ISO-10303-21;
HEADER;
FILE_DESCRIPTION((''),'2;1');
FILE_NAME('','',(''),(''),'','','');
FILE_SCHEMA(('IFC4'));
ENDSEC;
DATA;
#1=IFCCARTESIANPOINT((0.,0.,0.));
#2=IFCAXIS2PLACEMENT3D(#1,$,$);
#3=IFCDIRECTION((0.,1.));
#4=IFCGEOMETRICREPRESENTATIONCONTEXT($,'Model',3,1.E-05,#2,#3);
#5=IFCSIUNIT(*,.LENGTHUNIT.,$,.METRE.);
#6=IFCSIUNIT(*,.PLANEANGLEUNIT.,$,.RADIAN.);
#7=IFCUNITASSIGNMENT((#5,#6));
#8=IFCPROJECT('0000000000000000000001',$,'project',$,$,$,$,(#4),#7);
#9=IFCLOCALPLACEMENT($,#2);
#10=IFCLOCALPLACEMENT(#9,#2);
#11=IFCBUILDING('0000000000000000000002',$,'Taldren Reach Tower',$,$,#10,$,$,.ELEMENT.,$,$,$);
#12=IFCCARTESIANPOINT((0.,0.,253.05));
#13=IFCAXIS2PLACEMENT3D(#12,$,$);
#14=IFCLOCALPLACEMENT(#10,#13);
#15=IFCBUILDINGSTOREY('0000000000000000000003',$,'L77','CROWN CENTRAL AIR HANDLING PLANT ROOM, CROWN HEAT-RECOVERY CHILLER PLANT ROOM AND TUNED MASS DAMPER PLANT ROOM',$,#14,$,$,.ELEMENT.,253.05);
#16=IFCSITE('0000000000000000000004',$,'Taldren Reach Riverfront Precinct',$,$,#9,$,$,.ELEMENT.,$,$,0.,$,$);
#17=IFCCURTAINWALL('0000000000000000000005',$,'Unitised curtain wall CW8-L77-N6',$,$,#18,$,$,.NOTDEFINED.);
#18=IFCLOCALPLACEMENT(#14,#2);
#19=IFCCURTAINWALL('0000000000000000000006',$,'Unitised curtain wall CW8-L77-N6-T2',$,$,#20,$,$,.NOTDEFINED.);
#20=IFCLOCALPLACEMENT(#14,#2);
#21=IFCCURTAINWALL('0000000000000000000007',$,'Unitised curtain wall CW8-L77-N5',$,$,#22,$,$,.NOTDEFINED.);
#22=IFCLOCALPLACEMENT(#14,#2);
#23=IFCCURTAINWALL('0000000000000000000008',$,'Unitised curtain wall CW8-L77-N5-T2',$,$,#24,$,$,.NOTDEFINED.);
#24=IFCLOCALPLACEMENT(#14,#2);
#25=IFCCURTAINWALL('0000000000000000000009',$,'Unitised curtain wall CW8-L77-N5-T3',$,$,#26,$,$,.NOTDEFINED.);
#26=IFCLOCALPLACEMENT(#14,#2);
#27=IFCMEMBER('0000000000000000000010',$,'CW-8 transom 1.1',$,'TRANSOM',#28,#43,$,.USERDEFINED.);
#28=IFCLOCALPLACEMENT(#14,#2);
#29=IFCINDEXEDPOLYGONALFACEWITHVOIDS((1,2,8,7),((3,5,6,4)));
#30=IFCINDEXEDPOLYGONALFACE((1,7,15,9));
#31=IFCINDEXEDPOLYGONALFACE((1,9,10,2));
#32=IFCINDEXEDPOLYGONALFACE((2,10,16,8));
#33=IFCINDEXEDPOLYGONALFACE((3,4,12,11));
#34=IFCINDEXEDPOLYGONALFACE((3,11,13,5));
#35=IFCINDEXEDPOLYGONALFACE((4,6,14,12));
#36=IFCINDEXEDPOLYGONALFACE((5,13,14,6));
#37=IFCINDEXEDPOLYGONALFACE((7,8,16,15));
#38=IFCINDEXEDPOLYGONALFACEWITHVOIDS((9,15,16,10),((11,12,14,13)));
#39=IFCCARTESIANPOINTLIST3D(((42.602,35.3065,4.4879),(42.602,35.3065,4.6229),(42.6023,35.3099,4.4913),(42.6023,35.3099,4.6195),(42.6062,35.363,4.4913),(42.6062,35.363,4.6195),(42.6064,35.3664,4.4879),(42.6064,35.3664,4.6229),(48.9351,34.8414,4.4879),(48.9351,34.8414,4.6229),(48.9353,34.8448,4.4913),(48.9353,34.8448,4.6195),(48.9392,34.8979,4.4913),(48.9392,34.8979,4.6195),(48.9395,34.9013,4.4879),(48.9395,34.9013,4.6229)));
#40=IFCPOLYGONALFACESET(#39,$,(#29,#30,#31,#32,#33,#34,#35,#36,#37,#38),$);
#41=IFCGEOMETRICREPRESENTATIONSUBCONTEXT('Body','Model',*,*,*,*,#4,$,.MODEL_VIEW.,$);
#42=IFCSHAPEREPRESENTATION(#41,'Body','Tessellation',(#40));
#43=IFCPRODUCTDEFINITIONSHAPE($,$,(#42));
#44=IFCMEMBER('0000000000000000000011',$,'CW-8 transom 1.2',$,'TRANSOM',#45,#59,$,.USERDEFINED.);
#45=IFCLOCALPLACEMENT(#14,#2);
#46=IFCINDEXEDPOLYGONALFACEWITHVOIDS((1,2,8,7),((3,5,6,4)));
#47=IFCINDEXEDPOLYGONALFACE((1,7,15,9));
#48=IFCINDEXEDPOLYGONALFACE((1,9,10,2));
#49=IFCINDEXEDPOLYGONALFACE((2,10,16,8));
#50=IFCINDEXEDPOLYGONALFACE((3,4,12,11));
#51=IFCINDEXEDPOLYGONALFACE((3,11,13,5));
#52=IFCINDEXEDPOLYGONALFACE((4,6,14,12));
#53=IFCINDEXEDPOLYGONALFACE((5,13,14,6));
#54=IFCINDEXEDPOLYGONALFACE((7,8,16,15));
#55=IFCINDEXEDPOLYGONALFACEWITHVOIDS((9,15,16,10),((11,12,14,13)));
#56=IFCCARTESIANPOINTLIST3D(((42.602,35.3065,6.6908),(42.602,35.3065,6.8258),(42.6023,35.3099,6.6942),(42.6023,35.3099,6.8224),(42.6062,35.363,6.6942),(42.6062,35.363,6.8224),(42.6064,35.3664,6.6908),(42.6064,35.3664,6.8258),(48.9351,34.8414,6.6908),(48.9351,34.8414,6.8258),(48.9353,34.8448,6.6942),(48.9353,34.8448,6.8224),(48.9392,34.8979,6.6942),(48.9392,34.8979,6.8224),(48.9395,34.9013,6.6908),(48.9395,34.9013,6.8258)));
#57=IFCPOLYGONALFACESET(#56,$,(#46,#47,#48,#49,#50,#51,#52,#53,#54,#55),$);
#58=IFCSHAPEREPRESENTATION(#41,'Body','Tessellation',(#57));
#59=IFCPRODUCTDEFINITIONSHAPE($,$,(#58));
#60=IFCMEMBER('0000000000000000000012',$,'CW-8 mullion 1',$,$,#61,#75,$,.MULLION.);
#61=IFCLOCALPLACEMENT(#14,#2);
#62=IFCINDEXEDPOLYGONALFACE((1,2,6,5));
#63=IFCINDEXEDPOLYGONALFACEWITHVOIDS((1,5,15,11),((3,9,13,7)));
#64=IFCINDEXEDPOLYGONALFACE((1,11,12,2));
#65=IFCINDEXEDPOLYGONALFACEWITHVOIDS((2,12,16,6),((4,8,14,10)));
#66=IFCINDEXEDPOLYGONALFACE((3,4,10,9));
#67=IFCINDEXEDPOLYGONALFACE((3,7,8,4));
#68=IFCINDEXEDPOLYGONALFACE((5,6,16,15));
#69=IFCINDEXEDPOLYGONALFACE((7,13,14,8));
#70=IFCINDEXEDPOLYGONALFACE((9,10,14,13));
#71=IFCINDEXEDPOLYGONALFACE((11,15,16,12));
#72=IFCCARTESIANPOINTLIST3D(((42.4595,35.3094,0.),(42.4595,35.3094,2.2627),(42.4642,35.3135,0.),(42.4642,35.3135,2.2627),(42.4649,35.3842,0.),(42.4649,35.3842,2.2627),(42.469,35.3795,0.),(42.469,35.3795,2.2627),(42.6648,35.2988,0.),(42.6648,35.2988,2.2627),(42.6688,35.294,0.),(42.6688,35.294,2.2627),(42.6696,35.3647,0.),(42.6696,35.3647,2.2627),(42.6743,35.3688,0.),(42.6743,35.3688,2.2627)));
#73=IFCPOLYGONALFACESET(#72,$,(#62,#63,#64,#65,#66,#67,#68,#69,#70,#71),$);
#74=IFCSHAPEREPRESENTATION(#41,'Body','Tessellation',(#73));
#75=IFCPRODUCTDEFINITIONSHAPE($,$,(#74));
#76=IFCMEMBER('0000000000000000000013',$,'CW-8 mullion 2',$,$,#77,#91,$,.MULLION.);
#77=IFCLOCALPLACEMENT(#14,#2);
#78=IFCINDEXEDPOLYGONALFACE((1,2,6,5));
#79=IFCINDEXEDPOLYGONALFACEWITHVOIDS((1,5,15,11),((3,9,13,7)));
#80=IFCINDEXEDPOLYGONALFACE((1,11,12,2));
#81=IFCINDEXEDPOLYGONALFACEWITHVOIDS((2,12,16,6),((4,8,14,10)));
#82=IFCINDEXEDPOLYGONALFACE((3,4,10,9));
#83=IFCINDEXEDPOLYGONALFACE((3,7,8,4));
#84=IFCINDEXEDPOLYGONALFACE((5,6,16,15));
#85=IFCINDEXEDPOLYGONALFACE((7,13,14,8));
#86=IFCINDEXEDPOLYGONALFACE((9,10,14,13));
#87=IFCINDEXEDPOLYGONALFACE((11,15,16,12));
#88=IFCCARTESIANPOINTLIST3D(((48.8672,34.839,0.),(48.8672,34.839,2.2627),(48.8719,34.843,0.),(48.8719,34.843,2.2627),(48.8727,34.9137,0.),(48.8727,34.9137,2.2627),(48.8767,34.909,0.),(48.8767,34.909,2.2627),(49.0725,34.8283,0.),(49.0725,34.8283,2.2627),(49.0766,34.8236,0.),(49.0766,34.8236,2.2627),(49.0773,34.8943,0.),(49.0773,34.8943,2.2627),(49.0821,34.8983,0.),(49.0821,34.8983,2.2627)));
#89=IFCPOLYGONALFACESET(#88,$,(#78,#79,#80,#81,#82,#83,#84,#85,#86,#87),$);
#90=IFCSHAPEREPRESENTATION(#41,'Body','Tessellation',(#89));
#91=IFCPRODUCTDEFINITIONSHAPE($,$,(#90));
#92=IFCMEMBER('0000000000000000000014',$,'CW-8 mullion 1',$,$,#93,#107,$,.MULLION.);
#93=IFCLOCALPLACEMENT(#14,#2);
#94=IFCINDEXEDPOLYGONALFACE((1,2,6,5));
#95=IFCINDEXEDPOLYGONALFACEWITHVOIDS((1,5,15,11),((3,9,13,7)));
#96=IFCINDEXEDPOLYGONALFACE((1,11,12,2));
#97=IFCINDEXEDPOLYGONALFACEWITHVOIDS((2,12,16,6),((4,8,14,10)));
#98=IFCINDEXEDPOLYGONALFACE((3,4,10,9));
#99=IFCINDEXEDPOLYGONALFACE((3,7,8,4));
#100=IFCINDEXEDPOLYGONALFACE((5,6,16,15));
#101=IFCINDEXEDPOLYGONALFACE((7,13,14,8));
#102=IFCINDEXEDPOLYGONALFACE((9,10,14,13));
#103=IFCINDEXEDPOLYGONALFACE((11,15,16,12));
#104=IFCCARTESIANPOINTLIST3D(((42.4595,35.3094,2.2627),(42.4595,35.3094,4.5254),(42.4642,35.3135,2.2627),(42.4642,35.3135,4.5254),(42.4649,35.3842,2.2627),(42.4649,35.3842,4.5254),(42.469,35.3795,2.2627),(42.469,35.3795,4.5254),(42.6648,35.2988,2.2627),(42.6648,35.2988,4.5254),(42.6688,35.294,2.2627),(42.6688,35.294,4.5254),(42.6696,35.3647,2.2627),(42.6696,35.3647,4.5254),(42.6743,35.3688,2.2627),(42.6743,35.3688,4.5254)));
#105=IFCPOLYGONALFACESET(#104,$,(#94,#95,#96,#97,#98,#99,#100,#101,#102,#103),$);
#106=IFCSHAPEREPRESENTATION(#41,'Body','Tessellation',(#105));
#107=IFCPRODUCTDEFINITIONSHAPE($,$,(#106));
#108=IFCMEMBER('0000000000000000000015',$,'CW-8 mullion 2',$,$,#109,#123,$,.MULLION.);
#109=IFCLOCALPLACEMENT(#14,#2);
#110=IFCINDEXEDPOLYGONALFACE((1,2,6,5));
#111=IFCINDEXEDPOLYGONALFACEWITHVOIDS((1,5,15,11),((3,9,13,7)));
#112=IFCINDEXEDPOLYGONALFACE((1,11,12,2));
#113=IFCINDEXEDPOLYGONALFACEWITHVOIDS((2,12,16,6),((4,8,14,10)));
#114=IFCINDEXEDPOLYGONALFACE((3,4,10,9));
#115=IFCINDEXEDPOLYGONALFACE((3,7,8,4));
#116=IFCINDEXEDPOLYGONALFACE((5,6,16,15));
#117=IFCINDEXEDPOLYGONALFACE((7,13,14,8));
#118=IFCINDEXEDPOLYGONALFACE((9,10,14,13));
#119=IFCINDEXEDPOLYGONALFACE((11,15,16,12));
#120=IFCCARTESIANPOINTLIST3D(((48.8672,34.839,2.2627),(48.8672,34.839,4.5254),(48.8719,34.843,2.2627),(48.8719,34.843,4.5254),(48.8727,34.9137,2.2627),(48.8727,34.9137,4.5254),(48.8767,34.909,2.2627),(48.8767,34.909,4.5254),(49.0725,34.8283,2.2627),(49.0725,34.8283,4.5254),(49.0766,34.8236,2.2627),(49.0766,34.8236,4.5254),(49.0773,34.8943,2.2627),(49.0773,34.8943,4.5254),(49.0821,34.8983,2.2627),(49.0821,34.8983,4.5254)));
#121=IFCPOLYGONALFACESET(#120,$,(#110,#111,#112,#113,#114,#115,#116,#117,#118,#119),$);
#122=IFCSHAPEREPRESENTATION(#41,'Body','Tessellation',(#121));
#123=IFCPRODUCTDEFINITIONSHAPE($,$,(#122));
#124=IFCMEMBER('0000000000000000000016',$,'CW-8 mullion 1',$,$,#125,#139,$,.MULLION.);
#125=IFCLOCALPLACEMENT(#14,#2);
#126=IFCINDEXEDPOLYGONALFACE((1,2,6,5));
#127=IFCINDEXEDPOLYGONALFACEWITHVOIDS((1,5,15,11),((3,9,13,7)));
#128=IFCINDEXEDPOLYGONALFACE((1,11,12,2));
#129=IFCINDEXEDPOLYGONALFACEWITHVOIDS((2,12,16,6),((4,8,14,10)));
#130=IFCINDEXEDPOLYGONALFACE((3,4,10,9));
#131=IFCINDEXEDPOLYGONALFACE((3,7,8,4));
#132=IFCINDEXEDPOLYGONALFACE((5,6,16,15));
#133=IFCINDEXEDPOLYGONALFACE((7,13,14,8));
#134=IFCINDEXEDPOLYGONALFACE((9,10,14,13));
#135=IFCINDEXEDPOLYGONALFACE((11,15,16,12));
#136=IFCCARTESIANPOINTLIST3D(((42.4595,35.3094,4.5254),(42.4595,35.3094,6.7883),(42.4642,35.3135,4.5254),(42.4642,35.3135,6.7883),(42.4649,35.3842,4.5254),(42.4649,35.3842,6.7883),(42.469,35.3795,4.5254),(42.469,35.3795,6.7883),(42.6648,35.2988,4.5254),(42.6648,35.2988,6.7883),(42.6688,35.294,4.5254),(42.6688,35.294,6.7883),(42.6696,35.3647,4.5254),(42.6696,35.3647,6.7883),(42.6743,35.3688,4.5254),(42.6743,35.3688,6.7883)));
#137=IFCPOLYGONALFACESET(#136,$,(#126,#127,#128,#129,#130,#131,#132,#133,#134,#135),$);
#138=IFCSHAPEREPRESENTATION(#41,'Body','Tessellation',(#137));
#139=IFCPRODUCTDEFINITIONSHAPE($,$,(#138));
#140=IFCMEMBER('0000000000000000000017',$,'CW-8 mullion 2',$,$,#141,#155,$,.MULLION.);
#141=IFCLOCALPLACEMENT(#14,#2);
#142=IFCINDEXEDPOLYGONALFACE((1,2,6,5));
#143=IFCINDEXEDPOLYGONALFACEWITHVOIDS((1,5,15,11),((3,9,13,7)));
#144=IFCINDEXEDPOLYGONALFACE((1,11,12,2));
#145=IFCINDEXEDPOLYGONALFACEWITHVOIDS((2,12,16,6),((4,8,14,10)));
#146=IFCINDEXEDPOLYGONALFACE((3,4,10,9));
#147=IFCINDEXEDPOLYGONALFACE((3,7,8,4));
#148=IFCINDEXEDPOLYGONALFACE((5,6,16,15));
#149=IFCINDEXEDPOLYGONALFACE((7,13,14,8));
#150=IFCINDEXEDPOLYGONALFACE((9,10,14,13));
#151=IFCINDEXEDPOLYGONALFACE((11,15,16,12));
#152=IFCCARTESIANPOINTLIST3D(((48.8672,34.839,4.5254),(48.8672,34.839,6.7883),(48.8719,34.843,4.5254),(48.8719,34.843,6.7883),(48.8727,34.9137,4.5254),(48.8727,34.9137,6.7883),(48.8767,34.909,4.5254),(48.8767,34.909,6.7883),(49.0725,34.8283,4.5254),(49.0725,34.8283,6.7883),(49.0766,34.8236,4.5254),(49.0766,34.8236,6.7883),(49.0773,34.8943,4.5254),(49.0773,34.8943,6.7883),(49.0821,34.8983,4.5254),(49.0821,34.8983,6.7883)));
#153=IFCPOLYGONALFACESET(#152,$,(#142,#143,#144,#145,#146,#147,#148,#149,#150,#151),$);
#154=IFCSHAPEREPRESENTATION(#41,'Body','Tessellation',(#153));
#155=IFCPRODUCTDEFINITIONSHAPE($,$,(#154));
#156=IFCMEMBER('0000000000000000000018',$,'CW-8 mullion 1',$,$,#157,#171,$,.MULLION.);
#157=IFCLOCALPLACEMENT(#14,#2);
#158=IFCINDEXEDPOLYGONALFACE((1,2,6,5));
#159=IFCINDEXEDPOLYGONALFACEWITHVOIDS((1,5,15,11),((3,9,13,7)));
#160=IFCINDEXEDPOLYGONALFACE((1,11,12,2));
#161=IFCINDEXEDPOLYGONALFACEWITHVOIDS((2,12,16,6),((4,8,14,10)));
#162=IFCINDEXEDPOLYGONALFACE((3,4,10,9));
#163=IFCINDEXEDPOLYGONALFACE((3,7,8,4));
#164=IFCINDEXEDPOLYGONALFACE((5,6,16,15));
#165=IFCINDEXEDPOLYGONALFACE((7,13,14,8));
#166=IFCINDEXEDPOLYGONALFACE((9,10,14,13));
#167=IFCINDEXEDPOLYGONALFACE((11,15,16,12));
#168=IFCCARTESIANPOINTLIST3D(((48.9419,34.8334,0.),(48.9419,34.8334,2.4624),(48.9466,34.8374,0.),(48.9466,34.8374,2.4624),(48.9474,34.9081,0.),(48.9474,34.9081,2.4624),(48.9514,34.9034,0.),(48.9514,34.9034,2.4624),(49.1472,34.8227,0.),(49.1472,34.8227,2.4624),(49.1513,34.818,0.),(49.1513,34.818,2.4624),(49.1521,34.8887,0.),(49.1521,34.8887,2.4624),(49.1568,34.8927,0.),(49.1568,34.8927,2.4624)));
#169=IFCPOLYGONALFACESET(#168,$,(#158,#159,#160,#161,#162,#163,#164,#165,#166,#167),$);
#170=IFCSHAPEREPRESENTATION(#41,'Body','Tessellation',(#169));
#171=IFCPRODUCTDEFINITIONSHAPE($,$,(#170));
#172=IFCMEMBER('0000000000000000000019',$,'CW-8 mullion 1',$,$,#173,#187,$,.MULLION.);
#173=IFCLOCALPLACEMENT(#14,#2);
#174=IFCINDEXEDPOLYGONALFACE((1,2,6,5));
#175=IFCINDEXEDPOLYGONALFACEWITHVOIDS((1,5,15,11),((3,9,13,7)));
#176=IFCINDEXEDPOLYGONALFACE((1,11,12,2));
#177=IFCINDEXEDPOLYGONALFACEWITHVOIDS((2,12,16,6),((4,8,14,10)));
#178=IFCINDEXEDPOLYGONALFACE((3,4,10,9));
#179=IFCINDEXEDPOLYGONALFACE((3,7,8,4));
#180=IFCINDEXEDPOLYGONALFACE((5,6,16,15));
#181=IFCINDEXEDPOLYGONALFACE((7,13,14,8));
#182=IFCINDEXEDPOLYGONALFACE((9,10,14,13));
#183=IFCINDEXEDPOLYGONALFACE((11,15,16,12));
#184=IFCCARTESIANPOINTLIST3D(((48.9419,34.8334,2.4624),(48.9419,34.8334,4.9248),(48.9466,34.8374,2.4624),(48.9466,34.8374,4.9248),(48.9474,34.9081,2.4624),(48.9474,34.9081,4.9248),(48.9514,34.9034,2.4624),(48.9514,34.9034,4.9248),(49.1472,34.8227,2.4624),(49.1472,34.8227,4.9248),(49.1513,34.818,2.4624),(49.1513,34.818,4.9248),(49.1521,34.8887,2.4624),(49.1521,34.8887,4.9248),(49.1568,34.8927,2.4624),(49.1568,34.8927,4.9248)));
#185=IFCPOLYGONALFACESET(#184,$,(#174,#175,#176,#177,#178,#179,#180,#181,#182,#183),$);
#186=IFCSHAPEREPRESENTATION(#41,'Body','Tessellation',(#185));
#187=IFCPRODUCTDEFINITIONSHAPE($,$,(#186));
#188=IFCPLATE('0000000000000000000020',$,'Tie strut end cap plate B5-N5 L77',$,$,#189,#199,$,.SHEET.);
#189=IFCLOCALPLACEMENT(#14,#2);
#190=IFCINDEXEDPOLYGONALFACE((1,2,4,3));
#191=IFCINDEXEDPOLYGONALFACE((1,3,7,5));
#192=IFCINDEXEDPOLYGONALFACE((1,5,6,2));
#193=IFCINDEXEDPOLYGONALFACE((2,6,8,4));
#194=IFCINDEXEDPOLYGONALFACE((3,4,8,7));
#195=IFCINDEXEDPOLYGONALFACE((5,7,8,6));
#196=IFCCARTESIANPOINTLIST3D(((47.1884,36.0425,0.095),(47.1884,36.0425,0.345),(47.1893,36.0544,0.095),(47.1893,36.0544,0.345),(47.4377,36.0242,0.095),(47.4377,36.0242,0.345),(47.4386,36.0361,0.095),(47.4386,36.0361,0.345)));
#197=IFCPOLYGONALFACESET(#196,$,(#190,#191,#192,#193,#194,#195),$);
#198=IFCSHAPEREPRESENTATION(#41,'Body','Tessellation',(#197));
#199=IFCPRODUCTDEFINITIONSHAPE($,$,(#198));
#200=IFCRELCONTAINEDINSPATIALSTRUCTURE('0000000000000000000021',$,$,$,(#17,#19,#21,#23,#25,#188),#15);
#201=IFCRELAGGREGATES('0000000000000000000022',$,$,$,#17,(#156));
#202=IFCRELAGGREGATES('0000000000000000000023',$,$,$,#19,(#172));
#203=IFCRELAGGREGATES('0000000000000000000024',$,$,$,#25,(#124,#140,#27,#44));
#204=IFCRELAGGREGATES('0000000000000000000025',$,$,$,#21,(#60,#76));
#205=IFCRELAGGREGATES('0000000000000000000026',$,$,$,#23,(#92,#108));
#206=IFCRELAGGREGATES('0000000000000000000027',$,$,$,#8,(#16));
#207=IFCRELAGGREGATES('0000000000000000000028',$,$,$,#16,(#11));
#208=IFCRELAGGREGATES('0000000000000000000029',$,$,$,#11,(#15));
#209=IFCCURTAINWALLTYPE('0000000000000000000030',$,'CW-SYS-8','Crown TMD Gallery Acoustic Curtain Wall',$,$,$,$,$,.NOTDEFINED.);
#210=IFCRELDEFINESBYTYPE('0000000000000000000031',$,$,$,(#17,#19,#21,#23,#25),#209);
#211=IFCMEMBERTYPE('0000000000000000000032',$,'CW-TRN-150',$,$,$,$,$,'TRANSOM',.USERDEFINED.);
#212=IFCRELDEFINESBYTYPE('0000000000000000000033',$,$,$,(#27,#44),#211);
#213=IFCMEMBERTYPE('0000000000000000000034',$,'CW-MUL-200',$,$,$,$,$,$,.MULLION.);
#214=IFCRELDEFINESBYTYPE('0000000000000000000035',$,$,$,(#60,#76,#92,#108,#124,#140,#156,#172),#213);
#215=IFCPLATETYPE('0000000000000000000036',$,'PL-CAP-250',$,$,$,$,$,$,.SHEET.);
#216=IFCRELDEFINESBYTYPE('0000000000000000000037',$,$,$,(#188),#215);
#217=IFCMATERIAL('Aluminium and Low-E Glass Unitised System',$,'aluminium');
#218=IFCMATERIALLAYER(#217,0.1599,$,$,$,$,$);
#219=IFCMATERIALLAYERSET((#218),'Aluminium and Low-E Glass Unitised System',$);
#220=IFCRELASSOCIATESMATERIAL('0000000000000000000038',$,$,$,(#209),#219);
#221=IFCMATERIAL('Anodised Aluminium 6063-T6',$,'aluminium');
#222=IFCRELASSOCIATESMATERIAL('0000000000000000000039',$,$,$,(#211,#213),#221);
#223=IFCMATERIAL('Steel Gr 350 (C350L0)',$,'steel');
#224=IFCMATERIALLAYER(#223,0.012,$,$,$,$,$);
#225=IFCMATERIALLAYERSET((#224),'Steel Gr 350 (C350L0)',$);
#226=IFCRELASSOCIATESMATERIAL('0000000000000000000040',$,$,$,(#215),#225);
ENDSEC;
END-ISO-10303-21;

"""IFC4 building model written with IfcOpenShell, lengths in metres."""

from ifc_helpers import new_model, si_unit, direction, frame, origin, origin_2d, place, context, subcontext, project, spatial, rectangle, hollow_rectangle, extrude, source, transform, mapped, material, layer, layer_set, material_profile, profile_set, type_object, element, aggregate, save


model = new_model("IFC4")

# Units and contexts
model_context = context("Model", 3, precision=1e-05, world=origin(), true_north=direction((0.0, 1.0)))
body_context = subcontext(model_context, "Body", "Model", "MODEL_VIEW")
ifc_project = project(units=[si_unit("LENGTHUNIT", "METRE"), si_unit("PLANEANGLEUNIT", "RADIAN")], contexts=[model_context])

# Site, building, storey
site_placement = place(None, origin())
site = spatial("IfcSite", under=ifc_project, at=site_placement, Name="Taldren Reach Riverfront Precinct", CompositionType="ELEMENT", RefElevation=0.0)
building_placement = place(site_placement, origin())
building = spatial("IfcBuilding", under=site, at=building_placement, Name="Taldren Reach Tower", CompositionType="ELEMENT")
storey_placement = place(building_placement, frame((0.0, 0.0, 253.05)))
storey = spatial("IfcBuildingStorey", under=building, at=storey_placement, Name="L77", Description="CROWN CENTRAL AIR HANDLING PLANT ROOM, CROWN HEAT-RECOVERY CHILLER PLANT ROOM AND TUNED MASS DAMPER PLANT ROOM", CompositionType="ELEMENT", Elevation=253.05)

# Shared definitions
ifc_material_1 = material(Name="Steel Gr 350 (C350L0)", Category="steel")

# Curtain walls, members
ifc_material_2 = material(Name="Aluminium and Low-E Glass Unitised System", Category="aluminium")
ifc_layer_1 = layer(ifc_material_2, 0.1599)
ifc_layer_set_1 = layer_set([ifc_layer_1], Name="Aluminium and Low-E Glass Unitised System")
curtain_wall_type = type_object("IfcCurtainWallType", Name="CW-SYS-8", Description="Crown TMD Gallery Acoustic Curtain Wall", PredefinedType="NOTDEFINED", material=ifc_layer_set_1)
curtain_wall_1_placement = place(storey_placement, origin())
curtain_wall_1 = element("IfcCurtainWall", 1, at=curtain_wall_1_placement, inside=storey, type_object=curtain_wall_type, Name="Unitised curtain wall CW8-L77-N6", PredefinedType="NOTDEFINED")
ifc_material_3 = material(Name="Anodised Aluminium 6063-T6", Category="aluminium")
ifc_material_profile_1 = material_profile(ifc_material_3, hollow_rectangle(XDim=0.0601, YDim=0.135, WallThickness=0.0034, at=origin_2d()), Name="ALU-135x60x3.5RHS")
ifc_profile_set_1 = profile_set([ifc_material_profile_1], Name="Anodised Aluminium 6063-T6")
member_type_1 = type_object("IfcMemberType", Name="CW-TRN-150", ElementType="TRANSOM", PredefinedType="USERDEFINED", material=ifc_profile_set_1)
curtain_wall_2_placement = place(storey_placement, origin())
curtain_wall_2 = element("IfcCurtainWall", 2, at=curtain_wall_2_placement, inside=storey, type_object=curtain_wall_type, Name="Unitised curtain wall CW8-L77-N6-T2", PredefinedType="NOTDEFINED")
curtain_wall_3_placement = place(storey_placement, origin())
curtain_wall_3 = element("IfcCurtainWall", 3, at=curtain_wall_3_placement, inside=storey, type_object=curtain_wall_type, Name="Unitised curtain wall CW8-L77-N5", PredefinedType="NOTDEFINED")
shared_shape_1 = source(origin(), body_context, "Body", "SweptSolid", [
    extrude(hollow_rectangle(XDim=0.0601, YDim=0.135, WallThickness=0.0034, at=origin_2d()), origin(), (0.0, 0.0, 1.0), 6.3501),
])
curtain_wall_4_placement = place(storey_placement, origin())
curtain_wall_4 = element("IfcCurtainWall", 4, at=curtain_wall_4_placement, inside=storey, type_object=curtain_wall_type, Name="Unitised curtain wall CW8-L77-N5-T2", PredefinedType="NOTDEFINED")
curtain_wall_5_placement = place(storey_placement, origin())
curtain_wall_5 = element("IfcCurtainWall", 5, at=curtain_wall_5_placement, inside=storey, type_object=curtain_wall_type, Name="Unitised curtain wall CW8-L77-N5-T3", PredefinedType="NOTDEFINED")
member_1_placement = place(storey_placement, frame((42.6042, 35.3364, 4.5554), z_axis=(0.997314, -0.073241, 0.0), x_axis=(0.073241, 0.997314, 0.0)))
member_1 = element("IfcMember", 6, at=member_1_placement, type_object=member_type_1, Name="CW-8 transom 1.1", ObjectType="TRANSOM", PredefinedType="USERDEFINED", context=body_context, shape_type="MappedRepresentation", body=[
    mapped(shared_shape_1, transform((0.0, 0.0, 0.0), scale=1.0)),
])
member_2_placement = place(storey_placement, frame((42.6042, 35.3364, 6.7583), z_axis=(0.997314, -0.073241, 0.0), x_axis=(0.073241, 0.997314, 0.0)))
member_2 = element("IfcMember", 7, at=member_2_placement, type_object=member_type_1, Name="CW-8 transom 1.2", ObjectType="TRANSOM", PredefinedType="USERDEFINED", context=body_context, shape_type="MappedRepresentation", body=[
    mapped(shared_shape_1, transform((0.0, 0.0, 0.0), scale=1.0)),
])

# Members
ifc_material_profile_2 = material_profile(ifc_material_3, hollow_rectangle(XDim=0.075, YDim=0.21, WallThickness=0.0044, at=origin_2d()), Name="ALU-210x75x4.5RHS")
ifc_profile_set_2 = profile_set([ifc_material_profile_2], Name="Anodised Aluminium 6063-T6")
member_type_2 = type_object("IfcMemberType", Name="CW-MUL-200", PredefinedType="MULLION", material=ifc_profile_set_2)
shared_shape_2 = source(origin(), body_context, "Body", "SweptSolid", [
    extrude(hollow_rectangle(XDim=0.075, YDim=0.21, WallThickness=0.0044, at=origin_2d()), origin(), (0.0, 0.0, 1.0), 2.2627),
])
member_3_placement = place(storey_placement, frame((42.5669, 35.3391, 0.0), z_axis=(0.0, 0.0, 1.0), x_axis=(0.073238, 0.997314, 0.0)))
member_3 = element("IfcMember", 8, at=member_3_placement, type_object=member_type_2, Name="CW-8 mullion 1", PredefinedType="MULLION", context=body_context, shape_type="MappedRepresentation", body=[
    mapped(shared_shape_2, transform((0.0, 0.0, 0.0), scale=1.0)),
])
member_4_placement = place(storey_placement, frame((48.9746, 34.8687, 0.0), z_axis=(0.0, 0.0, 1.0), x_axis=(0.073238, 0.997314, 0.0)))
member_4 = element("IfcMember", 9, at=member_4_placement, type_object=member_type_2, Name="CW-8 mullion 2", PredefinedType="MULLION", context=body_context, shape_type="MappedRepresentation", body=[
    mapped(shared_shape_2, transform((0.0, 0.0, 0.0), scale=1.0)),
])
member_5_placement = place(storey_placement, frame((42.5669, 35.3391, 2.2627), z_axis=(0.0, 0.0, 1.0), x_axis=(0.073238, 0.997314, 0.0)))
member_5 = element("IfcMember", 10, at=member_5_placement, type_object=member_type_2, Name="CW-8 mullion 1", PredefinedType="MULLION", context=body_context, shape_type="MappedRepresentation", body=[
    mapped(shared_shape_2, transform((0.0, 0.0, 0.0), scale=1.0)),
])
member_6_placement = place(storey_placement, frame((48.9746, 34.8687, 2.2627), z_axis=(0.0, 0.0, 1.0), x_axis=(0.073238, 0.997314, 0.0)))
member_6 = element("IfcMember", 11, at=member_6_placement, type_object=member_type_2, Name="CW-8 mullion 2", PredefinedType="MULLION", context=body_context, shape_type="MappedRepresentation", body=[
    mapped(shared_shape_2, transform((0.0, 0.0, 0.0), scale=1.0)),
])
shared_shape_3 = source(origin(), body_context, "Body", "SweptSolid", [
    extrude(hollow_rectangle(XDim=0.075, YDim=0.21, WallThickness=0.0044, at=origin_2d()), origin(), (0.0, 0.0, 1.0), 2.2629),
])
member_7_placement = place(storey_placement, frame((42.5669, 35.3391, 4.5254), z_axis=(0.0, 0.0, 1.0), x_axis=(0.073238, 0.997314, 0.0)))
member_7 = element("IfcMember", 12, at=member_7_placement, type_object=member_type_2, Name="CW-8 mullion 1", PredefinedType="MULLION", context=body_context, shape_type="MappedRepresentation", body=[
    mapped(shared_shape_3, transform((0.0, 0.0, 0.0), scale=1.0)),
])
member_8_placement = place(storey_placement, frame((48.9746, 34.8687, 4.5254), z_axis=(0.0, 0.0, 1.0), x_axis=(0.073238, 0.997314, 0.0)))
member_8 = element("IfcMember", 13, at=member_8_placement, type_object=member_type_2, Name="CW-8 mullion 2", PredefinedType="MULLION", context=body_context, shape_type="MappedRepresentation", body=[
    mapped(shared_shape_3, transform((0.0, 0.0, 0.0), scale=1.0)),
])
shared_shape_4 = source(origin(), body_context, "Body", "SweptSolid", [
    extrude(hollow_rectangle(XDim=0.075, YDim=0.21, WallThickness=0.0044, at=origin_2d()), origin(), (0.0, 0.0, 1.0), 2.4624),
])
member_9_placement = place(storey_placement, frame((49.0493, 34.863, 0.0), z_axis=(0.0, 0.0, 1.0), x_axis=(0.073239, 0.997314, 0.0)))
member_9 = element("IfcMember", 14, at=member_9_placement, type_object=member_type_2, Name="CW-8 mullion 1", PredefinedType="MULLION", context=body_context, shape_type="MappedRepresentation", body=[
    mapped(shared_shape_4, transform((0.0, 0.0, 0.0), scale=1.0)),
])
aggregate(curtain_wall_1, [member_9])
member_10_placement = place(storey_placement, frame((49.0493, 34.863, 2.4624), z_axis=(0.0, 0.0, 1.0), x_axis=(0.073239, 0.997314, 0.0)))
member_10 = element("IfcMember", 15, at=member_10_placement, type_object=member_type_2, Name="CW-8 mullion 1", PredefinedType="MULLION", context=body_context, shape_type="MappedRepresentation", body=[
    mapped(shared_shape_4, transform((0.0, 0.0, 0.0), scale=1.0)),
])
aggregate(curtain_wall_2, [member_10])

# Plate
ifc_layer_2 = layer(ifc_material_1, 0.012)
ifc_layer_set_2 = layer_set([ifc_layer_2], Name="Steel Gr 350 (C350L0)")
plate_type_1 = type_object("IfcPlateType", Name="PL-CAP-250", PredefinedType="SHEET", material=ifc_layer_set_2)
shared_shape_5 = source(origin(), body_context, "Body", "SweptSolid", [
    extrude(rectangle(XDim=0.25, YDim=0.012, at=origin_2d()), origin(), (0.0, 0.0, 1.0), 0.25),
])
plate_1_placement = place(storey_placement, frame((47.3135, 36.0393, 0.095), z_axis=(0.0, 0.0, 1.0), x_axis=(0.997314, -0.073238, 0.0)))
element("IfcPlate", 16, at=plate_1_placement, inside=storey, type_object=plate_type_1, Name="Tie strut end cap plate B5-N5 L77", PredefinedType="SHEET", context=body_context, shape_type="MappedRepresentation", body=[
    mapped(shared_shape_5, transform((0.0, 0.0, 0.0), scale=1.0)),
])

aggregate(curtain_wall_5, [member_7, member_8, member_1, member_2])
aggregate(curtain_wall_3, [member_3, member_4])
aggregate(curtain_wall_4, [member_5, member_6])

save(model, "model.ifc")
